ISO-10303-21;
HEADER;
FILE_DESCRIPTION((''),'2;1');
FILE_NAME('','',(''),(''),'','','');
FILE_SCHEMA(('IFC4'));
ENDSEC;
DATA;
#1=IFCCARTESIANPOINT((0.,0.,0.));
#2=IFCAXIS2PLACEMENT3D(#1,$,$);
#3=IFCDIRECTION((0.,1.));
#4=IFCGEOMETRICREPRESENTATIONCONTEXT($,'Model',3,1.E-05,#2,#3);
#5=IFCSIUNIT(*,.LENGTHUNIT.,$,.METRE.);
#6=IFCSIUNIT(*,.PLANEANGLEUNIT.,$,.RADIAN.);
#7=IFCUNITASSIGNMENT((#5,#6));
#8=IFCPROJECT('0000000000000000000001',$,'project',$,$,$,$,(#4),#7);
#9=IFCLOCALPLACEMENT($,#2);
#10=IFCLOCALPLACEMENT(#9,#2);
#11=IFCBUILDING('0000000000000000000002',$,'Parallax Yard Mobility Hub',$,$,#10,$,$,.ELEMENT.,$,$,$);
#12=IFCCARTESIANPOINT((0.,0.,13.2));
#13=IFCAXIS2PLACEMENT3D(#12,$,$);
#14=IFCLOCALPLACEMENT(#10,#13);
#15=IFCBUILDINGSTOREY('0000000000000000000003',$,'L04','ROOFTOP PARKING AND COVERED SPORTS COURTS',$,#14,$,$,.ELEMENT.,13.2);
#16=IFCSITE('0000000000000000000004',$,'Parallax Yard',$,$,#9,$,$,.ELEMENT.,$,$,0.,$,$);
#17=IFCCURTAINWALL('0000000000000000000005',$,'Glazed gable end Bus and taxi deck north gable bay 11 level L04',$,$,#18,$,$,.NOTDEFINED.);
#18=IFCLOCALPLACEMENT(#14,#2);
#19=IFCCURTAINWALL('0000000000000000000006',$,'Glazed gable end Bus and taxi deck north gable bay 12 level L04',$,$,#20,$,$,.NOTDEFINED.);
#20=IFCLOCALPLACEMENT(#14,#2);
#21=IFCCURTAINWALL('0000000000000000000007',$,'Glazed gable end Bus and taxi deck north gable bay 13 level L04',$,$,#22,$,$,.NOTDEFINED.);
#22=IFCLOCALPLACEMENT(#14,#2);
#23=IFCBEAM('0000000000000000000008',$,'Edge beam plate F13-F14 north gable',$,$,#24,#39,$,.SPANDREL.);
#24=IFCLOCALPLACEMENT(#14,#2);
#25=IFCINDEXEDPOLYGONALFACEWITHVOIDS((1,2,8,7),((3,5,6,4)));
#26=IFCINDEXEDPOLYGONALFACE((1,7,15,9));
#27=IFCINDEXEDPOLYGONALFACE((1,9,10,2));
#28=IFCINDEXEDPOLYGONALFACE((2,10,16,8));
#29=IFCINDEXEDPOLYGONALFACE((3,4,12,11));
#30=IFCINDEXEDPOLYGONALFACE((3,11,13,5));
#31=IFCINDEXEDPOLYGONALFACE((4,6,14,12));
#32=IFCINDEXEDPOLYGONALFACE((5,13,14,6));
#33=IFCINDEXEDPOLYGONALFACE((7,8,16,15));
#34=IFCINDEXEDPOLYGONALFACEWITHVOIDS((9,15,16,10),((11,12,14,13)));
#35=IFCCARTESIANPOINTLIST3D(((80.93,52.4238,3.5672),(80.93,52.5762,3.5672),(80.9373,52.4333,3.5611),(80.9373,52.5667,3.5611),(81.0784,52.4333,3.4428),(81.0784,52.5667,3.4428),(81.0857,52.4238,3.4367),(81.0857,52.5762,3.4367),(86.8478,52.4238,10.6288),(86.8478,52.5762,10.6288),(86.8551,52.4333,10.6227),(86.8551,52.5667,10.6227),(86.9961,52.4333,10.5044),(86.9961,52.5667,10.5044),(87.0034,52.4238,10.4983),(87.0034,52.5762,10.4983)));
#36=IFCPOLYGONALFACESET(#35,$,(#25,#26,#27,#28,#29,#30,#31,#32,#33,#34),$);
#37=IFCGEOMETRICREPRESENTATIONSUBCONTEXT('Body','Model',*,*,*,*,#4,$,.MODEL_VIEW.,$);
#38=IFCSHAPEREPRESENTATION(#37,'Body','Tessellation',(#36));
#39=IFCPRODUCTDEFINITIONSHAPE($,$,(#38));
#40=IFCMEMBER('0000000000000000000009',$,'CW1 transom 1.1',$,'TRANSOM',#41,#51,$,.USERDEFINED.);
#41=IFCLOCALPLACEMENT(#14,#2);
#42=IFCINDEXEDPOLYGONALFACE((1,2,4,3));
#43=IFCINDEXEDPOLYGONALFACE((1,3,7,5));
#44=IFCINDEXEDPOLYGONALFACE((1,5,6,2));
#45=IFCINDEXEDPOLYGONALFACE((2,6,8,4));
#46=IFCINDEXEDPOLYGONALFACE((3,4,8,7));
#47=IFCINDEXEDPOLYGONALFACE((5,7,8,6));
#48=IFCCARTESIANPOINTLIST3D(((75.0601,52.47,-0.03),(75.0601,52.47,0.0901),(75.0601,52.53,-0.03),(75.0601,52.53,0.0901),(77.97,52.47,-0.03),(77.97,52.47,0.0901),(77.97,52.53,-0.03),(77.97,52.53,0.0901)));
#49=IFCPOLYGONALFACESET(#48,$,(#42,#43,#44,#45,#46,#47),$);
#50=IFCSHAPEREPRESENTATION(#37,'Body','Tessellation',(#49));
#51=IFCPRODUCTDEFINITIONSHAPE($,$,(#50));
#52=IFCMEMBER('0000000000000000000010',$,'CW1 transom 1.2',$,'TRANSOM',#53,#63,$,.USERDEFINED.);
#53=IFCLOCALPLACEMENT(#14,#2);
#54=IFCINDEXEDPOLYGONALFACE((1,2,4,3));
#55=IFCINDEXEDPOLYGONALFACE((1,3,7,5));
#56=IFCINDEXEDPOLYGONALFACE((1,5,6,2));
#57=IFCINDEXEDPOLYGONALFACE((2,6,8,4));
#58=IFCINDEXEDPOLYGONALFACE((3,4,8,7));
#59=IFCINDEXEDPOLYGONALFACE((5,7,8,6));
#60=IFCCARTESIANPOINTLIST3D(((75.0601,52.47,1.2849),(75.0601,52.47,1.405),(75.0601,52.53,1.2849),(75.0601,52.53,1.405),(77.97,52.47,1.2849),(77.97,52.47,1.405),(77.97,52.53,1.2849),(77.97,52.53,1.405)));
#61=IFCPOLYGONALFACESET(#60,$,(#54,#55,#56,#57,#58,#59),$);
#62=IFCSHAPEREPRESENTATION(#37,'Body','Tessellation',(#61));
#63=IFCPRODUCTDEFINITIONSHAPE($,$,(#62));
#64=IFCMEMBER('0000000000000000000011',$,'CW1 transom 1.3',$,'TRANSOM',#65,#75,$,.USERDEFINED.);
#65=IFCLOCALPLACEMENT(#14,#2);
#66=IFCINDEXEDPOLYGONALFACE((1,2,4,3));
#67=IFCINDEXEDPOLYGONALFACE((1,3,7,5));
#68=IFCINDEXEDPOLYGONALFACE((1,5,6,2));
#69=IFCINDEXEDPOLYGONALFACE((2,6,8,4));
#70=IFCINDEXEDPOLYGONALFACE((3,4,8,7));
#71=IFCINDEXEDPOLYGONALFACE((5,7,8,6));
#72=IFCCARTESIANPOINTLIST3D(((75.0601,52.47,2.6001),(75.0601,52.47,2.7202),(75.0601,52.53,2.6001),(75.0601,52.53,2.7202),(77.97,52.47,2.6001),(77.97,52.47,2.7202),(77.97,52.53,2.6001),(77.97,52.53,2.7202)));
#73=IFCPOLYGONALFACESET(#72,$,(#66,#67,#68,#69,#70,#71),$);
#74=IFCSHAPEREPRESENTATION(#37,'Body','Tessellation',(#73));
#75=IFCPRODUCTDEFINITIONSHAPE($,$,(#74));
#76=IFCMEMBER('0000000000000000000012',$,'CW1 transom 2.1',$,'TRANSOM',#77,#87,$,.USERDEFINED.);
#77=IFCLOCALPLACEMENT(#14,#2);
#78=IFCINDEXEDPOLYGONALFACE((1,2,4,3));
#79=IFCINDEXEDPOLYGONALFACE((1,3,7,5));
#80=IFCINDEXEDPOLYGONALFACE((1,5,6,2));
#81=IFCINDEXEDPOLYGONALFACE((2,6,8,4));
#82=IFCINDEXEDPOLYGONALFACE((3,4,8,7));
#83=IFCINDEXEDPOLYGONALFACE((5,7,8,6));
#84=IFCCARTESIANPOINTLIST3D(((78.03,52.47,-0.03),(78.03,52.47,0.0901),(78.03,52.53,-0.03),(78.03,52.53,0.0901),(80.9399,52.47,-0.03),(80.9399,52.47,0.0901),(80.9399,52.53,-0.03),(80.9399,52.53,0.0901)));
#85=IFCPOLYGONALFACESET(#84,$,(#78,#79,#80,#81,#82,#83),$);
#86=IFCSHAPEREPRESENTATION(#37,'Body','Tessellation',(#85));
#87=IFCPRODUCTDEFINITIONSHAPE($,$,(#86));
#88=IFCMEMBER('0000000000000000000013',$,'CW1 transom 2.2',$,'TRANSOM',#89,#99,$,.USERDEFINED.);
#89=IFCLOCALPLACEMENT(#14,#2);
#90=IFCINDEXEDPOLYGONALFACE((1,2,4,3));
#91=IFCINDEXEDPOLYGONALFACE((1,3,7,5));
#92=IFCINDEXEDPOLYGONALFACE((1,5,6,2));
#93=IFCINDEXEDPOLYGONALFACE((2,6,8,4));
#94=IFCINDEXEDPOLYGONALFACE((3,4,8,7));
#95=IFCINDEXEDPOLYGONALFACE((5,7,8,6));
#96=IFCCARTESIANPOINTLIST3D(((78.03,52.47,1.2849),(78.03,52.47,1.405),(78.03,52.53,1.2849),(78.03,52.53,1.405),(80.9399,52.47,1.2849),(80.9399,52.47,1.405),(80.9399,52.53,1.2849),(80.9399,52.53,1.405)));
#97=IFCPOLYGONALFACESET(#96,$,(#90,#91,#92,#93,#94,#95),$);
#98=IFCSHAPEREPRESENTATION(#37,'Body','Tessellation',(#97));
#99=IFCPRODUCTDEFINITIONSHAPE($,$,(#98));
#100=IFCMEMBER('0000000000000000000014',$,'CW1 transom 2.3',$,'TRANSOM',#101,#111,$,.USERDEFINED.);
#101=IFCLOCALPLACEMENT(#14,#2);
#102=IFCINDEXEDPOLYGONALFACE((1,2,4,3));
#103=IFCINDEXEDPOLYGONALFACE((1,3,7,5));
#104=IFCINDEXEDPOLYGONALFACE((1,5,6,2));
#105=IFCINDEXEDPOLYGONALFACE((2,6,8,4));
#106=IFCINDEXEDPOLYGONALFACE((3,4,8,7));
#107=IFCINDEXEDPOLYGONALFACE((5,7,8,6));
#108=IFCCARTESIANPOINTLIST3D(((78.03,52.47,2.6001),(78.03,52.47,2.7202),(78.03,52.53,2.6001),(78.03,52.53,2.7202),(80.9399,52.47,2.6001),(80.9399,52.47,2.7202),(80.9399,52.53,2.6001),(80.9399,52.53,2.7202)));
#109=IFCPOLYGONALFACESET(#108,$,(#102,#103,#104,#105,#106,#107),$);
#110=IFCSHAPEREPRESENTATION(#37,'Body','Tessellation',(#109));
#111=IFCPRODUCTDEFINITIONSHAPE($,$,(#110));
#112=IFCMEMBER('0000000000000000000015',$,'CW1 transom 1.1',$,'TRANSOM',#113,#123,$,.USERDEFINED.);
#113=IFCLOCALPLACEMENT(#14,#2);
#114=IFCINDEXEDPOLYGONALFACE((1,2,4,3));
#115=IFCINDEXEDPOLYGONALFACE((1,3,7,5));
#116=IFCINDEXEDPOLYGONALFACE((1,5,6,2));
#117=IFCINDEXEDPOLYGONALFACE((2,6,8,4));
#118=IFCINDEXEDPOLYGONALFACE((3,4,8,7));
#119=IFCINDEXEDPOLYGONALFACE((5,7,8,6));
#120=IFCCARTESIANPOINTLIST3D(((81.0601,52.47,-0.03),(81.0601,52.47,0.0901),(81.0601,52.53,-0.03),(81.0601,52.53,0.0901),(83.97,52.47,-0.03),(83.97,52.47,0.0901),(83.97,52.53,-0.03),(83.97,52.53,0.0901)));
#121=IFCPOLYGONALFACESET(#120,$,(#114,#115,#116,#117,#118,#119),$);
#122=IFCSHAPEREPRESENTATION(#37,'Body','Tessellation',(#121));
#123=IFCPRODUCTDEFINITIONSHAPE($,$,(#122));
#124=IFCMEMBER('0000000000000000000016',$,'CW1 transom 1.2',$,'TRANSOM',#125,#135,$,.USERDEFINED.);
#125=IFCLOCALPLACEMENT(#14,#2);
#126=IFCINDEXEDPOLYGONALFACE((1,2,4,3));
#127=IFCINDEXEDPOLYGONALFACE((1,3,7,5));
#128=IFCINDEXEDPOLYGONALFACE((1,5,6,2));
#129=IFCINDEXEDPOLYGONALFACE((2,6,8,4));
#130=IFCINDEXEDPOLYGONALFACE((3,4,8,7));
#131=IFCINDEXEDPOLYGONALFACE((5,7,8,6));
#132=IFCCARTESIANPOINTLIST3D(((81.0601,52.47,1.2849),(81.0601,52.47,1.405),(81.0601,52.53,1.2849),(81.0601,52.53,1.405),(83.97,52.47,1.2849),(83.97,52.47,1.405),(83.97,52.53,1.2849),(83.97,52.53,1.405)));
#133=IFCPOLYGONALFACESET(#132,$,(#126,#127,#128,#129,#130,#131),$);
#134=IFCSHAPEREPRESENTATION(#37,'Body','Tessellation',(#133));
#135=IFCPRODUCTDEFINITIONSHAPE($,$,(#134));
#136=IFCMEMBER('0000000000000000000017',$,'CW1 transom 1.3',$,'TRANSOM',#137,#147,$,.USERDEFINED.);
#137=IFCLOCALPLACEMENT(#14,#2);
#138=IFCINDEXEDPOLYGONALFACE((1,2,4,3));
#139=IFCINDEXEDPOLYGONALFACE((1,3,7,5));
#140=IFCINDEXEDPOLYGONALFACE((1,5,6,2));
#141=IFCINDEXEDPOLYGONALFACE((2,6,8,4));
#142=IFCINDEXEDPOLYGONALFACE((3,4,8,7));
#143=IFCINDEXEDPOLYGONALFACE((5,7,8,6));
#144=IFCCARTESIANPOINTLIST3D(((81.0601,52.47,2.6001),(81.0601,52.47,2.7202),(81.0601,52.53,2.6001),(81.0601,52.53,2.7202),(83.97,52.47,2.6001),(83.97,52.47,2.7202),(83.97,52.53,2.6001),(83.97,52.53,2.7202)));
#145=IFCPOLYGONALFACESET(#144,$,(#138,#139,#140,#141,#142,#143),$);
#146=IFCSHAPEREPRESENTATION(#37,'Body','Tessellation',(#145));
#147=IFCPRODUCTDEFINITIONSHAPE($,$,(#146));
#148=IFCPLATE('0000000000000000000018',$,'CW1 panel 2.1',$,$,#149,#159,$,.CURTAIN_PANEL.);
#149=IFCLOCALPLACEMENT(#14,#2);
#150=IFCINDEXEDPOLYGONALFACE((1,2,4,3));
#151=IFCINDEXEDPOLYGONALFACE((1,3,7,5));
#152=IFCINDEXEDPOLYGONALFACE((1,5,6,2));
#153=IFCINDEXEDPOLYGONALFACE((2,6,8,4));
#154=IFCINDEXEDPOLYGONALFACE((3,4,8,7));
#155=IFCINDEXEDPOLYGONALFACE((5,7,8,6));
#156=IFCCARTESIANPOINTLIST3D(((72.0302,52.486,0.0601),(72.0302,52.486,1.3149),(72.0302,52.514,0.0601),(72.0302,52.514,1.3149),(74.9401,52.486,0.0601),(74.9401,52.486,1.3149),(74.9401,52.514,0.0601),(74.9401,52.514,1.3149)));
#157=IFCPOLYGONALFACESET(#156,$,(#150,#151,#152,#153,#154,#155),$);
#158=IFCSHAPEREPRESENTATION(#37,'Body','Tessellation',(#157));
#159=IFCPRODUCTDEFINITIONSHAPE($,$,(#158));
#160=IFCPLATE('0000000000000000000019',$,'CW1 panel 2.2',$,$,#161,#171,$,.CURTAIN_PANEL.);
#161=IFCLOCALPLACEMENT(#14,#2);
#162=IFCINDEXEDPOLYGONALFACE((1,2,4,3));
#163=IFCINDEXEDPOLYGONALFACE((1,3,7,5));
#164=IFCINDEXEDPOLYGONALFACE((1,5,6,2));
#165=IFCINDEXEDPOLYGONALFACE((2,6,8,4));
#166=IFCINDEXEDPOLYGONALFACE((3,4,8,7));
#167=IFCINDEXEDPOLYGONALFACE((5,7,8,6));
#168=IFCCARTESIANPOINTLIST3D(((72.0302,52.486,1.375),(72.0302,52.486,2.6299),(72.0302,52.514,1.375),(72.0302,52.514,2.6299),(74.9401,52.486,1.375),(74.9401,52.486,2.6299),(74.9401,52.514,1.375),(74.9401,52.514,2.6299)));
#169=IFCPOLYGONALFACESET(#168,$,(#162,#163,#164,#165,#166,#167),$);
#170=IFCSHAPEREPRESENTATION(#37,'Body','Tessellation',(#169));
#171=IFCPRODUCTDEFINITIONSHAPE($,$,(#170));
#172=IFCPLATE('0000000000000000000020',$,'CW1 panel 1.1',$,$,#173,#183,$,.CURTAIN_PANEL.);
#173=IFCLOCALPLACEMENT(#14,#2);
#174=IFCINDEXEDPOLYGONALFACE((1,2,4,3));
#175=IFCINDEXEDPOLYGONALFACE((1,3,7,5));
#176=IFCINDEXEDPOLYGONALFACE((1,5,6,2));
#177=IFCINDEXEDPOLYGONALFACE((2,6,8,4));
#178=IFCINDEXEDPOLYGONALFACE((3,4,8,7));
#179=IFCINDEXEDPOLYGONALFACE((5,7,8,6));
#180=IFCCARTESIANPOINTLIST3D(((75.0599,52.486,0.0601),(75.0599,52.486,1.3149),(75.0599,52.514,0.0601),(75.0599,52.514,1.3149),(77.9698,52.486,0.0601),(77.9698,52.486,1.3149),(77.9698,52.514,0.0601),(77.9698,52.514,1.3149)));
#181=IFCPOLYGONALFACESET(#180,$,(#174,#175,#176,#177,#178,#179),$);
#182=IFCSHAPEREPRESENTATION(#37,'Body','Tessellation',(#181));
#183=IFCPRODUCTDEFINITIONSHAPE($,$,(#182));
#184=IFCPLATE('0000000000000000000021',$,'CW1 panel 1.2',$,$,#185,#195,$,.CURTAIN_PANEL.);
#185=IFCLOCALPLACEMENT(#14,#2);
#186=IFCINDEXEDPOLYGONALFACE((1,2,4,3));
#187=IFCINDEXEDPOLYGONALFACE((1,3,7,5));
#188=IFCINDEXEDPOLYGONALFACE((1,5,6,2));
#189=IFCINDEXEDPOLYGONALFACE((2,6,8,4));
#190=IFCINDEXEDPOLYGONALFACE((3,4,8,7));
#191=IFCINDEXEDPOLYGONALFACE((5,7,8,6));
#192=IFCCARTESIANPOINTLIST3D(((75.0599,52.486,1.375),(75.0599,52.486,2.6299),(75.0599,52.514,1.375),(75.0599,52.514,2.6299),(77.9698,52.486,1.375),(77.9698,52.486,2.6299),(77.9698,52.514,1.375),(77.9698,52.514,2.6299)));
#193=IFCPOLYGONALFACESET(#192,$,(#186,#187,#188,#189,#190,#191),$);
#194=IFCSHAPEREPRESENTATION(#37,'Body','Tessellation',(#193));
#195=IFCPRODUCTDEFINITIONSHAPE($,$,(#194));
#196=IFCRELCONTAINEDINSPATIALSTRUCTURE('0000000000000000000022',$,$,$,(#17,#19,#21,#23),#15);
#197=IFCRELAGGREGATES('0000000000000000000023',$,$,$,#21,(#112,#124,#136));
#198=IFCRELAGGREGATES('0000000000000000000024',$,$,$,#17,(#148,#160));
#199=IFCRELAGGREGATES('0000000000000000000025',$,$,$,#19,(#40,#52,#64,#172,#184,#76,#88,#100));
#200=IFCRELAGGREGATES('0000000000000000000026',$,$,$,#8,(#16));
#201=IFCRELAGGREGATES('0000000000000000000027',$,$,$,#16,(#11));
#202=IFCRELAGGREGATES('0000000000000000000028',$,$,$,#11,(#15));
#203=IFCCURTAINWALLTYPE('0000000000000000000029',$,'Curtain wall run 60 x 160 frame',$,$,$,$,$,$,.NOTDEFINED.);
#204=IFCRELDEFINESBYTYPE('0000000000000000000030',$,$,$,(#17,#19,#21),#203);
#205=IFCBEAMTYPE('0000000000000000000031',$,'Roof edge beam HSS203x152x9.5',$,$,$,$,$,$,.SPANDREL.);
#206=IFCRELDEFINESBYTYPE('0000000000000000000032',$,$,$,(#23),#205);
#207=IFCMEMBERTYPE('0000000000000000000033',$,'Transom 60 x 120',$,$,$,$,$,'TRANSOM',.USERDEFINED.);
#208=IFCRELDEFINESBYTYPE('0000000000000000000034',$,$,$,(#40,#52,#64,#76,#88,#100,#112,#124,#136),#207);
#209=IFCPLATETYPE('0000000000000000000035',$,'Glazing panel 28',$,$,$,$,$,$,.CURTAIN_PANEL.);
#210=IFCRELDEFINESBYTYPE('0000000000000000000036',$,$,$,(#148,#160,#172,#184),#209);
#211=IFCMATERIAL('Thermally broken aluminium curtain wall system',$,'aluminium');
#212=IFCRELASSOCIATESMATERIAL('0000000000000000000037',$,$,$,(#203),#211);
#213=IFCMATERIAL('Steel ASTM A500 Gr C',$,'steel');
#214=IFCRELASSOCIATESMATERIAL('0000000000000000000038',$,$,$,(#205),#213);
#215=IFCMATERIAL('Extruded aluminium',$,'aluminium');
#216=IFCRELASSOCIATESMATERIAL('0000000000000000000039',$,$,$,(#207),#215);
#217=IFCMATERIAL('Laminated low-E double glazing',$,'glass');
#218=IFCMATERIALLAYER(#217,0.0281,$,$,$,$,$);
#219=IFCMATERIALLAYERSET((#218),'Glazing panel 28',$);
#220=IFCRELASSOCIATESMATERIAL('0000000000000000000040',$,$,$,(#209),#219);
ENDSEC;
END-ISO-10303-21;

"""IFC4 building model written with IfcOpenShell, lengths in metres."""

from ifc_helpers import new_model, si_unit, direction, frame, origin, origin_2d, place, context, subcontext, project, spatial, rectangle, hollow_rectangle, extrude, material, layer, layer_set, material_profile, profile_set, type_object, element, aggregate, save


model = new_model("IFC4")

# Units and contexts
model_context = context("Model", 3, precision=1e-05, world=origin(), true_north=direction((0.0, 1.0)))
body_context = subcontext(model_context, "Body", "Model", "MODEL_VIEW")
ifc_project = project(units=[si_unit("LENGTHUNIT", "METRE"), si_unit("PLANEANGLEUNIT", "RADIAN")], contexts=[model_context])

# Site, building, storey
site_placement = place(None, origin())
site = spatial("IfcSite", under=ifc_project, at=site_placement, Name="Parallax Yard", CompositionType="ELEMENT", RefElevation=0.0)
building_placement = place(site_placement, origin())
building = spatial("IfcBuilding", under=site, at=building_placement, Name="Parallax Yard Mobility Hub", CompositionType="ELEMENT")
storey_placement = place(building_placement, frame((0.0, 0.0, 13.2)))
storey = spatial("IfcBuildingStorey", under=building, at=storey_placement, Name="L04", Description="ROOFTOP PARKING AND COVERED SPORTS COURTS", CompositionType="ELEMENT", Elevation=13.2)

# Shared definitions
ifc_material_1 = material(Name="Steel ASTM A500 Gr C", Category="steel")

# Curtain wall
ifc_material_2 = material(Name="Thermally broken aluminium curtain wall system", Category="aluminium")
curtain_wall_type = type_object("IfcCurtainWallType", Name="Curtain wall run 60 x 160 frame", PredefinedType="NOTDEFINED", material=ifc_material_2)
curtain_wall_1_placement = place(storey_placement, origin())
curtain_wall_1 = element("IfcCurtainWall", 1, at=curtain_wall_1_placement, inside=storey, type_object=curtain_wall_type, Name="Glazed gable end Bus and taxi deck north gable bay 11 level L04", PredefinedType="NOTDEFINED")
ifc_material_3 = material(Name="Extruded aluminium", Category="aluminium")

# Curtain wall
curtain_wall_2_placement = place(storey_placement, origin())
curtain_wall_2 = element("IfcCurtainWall", 2, at=curtain_wall_2_placement, inside=storey, type_object=curtain_wall_type, Name="Glazed gable end Bus and taxi deck north gable bay 12 level L04", PredefinedType="NOTDEFINED")

# Curtain wall
curtain_wall_3_placement = place(storey_placement, origin())
curtain_wall_3 = element("IfcCurtainWall", 3, at=curtain_wall_3_placement, inside=storey, type_object=curtain_wall_type, Name="Glazed gable end Bus and taxi deck north gable bay 13 level L04", PredefinedType="NOTDEFINED")

# Beam
ifc_material_profile_1 = material_profile(ifc_material_1, hollow_rectangle(XDim=0.1523, YDim=0.2031, WallThickness=0.0095, at=origin_2d()), Name="HSS203x152x9.5")
ifc_profile_set_1 = profile_set([ifc_material_profile_1], Name="Steel ASTM A500 Gr C")
beam_type = type_object("IfcBeamType", Name="Roof edge beam HSS203x152x9.5", PredefinedType="SPANDREL", material=ifc_profile_set_1)
beam_1_placement = place(storey_placement, frame((81.0078, 52.5, 3.502), z_axis=(0.642304, 0.0, 0.76645), x_axis=(0.0, 1.0, 0.0)))
element("IfcBeam", 4, at=beam_1_placement, inside=storey, type_object=beam_type, Name="Edge beam plate F13-F14 north gable", PredefinedType="SPANDREL", context=body_context, shape_type="SweptSolid", body=[
    extrude(hollow_rectangle(XDim=0.1523, YDim=0.2031, WallThickness=0.0095, at=origin_2d()), origin(), (0.0, 0.0, 1.0), 9.2134),
])

# Members
ifc_material_profile_2 = material_profile(ifc_material_3, rectangle(XDim=0.0601, YDim=0.1201, at=origin_2d()), Name="Transom 60 x 120")
ifc_profile_set_2 = profile_set([ifc_material_profile_2], Name="Extruded aluminium")
member_type_1 = type_object("IfcMemberType", Name="Transom 60 x 120", ElementType="TRANSOM", PredefinedType="USERDEFINED", material=ifc_profile_set_2)
member_1_placement = place(storey_placement, frame((75.0601, 52.5, 0.03), z_axis=(1.0, 0.0, 0.0), x_axis=(0.0, 1.0, 0.0)))
member_1 = element("IfcMember", 5, at=member_1_placement, type_object=member_type_1, Name="CW1 transom 1.1", ObjectType="TRANSOM", PredefinedType="USERDEFINED", context=body_context, shape_type="SweptSolid", body=[
    extrude(rectangle(XDim=0.0601, YDim=0.1201, at=origin_2d()), origin(), (0.0, 0.0, 1.0), 2.9099),
])
member_2_placement = place(storey_placement, frame((75.0601, 52.5, 1.345), z_axis=(1.0, 0.0, 0.0), x_axis=(0.0, 1.0, 0.0)))
member_2 = element("IfcMember", 6, at=member_2_placement, type_object=member_type_1, Name="CW1 transom 1.2", ObjectType="TRANSOM", PredefinedType="USERDEFINED", context=body_context, shape_type="SweptSolid", body=[
    extrude(rectangle(XDim=0.0601, YDim=0.1201, at=origin_2d()), origin(), (0.0, 0.0, 1.0), 2.9099),
])
member_3_placement = place(storey_placement, frame((75.0601, 52.5, 2.6602), z_axis=(1.0, 0.0, 0.0), x_axis=(0.0, 1.0, 0.0)))
member_3 = element("IfcMember", 7, at=member_3_placement, type_object=member_type_1, Name="CW1 transom 1.3", ObjectType="TRANSOM", PredefinedType="USERDEFINED", context=body_context, shape_type="SweptSolid", body=[
    extrude(rectangle(XDim=0.0601, YDim=0.1201, at=origin_2d()), origin(), (0.0, 0.0, 1.0), 2.9099),
])
member_4_placement = place(storey_placement, frame((78.03, 52.5, 0.03), z_axis=(1.0, 0.0, 0.0), x_axis=(0.0, 1.0, 0.0)))
member_4 = element("IfcMember", 8, at=member_4_placement, type_object=member_type_1, Name="CW1 transom 2.1", ObjectType="TRANSOM", PredefinedType="USERDEFINED", context=body_context, shape_type="SweptSolid", body=[
    extrude(rectangle(XDim=0.0601, YDim=0.1201, at=origin_2d()), origin(), (0.0, 0.0, 1.0), 2.9099),
])
member_5_placement = place(storey_placement, frame((78.03, 52.5, 1.345), z_axis=(1.0, 0.0, 0.0), x_axis=(0.0, 1.0, 0.0)))
member_5 = element("IfcMember", 9, at=member_5_placement, type_object=member_type_1, Name="CW1 transom 2.2", ObjectType="TRANSOM", PredefinedType="USERDEFINED", context=body_context, shape_type="SweptSolid", body=[
    extrude(rectangle(XDim=0.0601, YDim=0.1201, at=origin_2d()), origin(), (0.0, 0.0, 1.0), 2.9099),
])
member_6_placement = place(storey_placement, frame((78.03, 52.5, 2.6602), z_axis=(1.0, 0.0, 0.0), x_axis=(0.0, 1.0, 0.0)))
member_6 = element("IfcMember", 10, at=member_6_placement, type_object=member_type_1, Name="CW1 transom 2.3", ObjectType="TRANSOM", PredefinedType="USERDEFINED", context=body_context, shape_type="SweptSolid", body=[
    extrude(rectangle(XDim=0.0601, YDim=0.1201, at=origin_2d()), origin(), (0.0, 0.0, 1.0), 2.9099),
])
member_7_placement = place(storey_placement, frame((81.0601, 52.5, 0.03), z_axis=(1.0, 0.0, 0.0), x_axis=(0.0, 1.0, 0.0)))
member_7 = element("IfcMember", 11, at=member_7_placement, type_object=member_type_1, Name="CW1 transom 1.1", ObjectType="TRANSOM", PredefinedType="USERDEFINED", context=body_context, shape_type="SweptSolid", body=[
    extrude(rectangle(XDim=0.0601, YDim=0.1201, at=origin_2d()), origin(), (0.0, 0.0, 1.0), 2.9099),
])
member_8_placement = place(storey_placement, frame((81.0601, 52.5, 1.345), z_axis=(1.0, 0.0, 0.0), x_axis=(0.0, 1.0, 0.0)))
member_8 = element("IfcMember", 12, at=member_8_placement, type_object=member_type_1, Name="CW1 transom 1.2", ObjectType="TRANSOM", PredefinedType="USERDEFINED", context=body_context, shape_type="SweptSolid", body=[
    extrude(rectangle(XDim=0.0601, YDim=0.1201, at=origin_2d()), origin(), (0.0, 0.0, 1.0), 2.9099),
])
member_9_placement = place(storey_placement, frame((81.0601, 52.5, 2.6602), z_axis=(1.0, 0.0, 0.0), x_axis=(0.0, 1.0, 0.0)))
member_9 = element("IfcMember", 13, at=member_9_placement, type_object=member_type_1, Name="CW1 transom 1.3", ObjectType="TRANSOM", PredefinedType="USERDEFINED", context=body_context, shape_type="SweptSolid", body=[
    extrude(rectangle(XDim=0.0601, YDim=0.1201, at=origin_2d()), origin(), (0.0, 0.0, 1.0), 2.9099),
])
aggregate(curtain_wall_3, [member_7, member_8, member_9])

# Plates
ifc_material_4 = material(Name="Laminated low-E double glazing", Category="glass")
ifc_layer_1 = layer(ifc_material_4, 0.0281)
ifc_layer_set_1 = layer_set([ifc_layer_1], Name="Glazing panel 28")
plate_type = type_object("IfcPlateType", Name="Glazing panel 28", PredefinedType="CURTAIN_PANEL", material=ifc_layer_set_1)
plate_1_placement = place(storey_placement, frame((73.4851, 52.5, 0.0601), z_axis=(0.0, 0.0, 1.0), x_axis=(1.0, 0.0, 0.0)))
plate_1 = element("IfcPlate", 14, at=plate_1_placement, type_object=plate_type, Name="CW1 panel 2.1", PredefinedType="CURTAIN_PANEL", context=body_context, shape_type="SweptSolid", body=[
    extrude(rectangle(XDim=2.9099, YDim=0.0281, at=origin_2d()), origin(), (0.0, 0.0, 1.0), 1.2549),
])
plate_2_placement = place(storey_placement, frame((73.4851, 52.5, 1.375), z_axis=(0.0, 0.0, 1.0), x_axis=(1.0, 0.0, 0.0)))
plate_2 = element("IfcPlate", 15, at=plate_2_placement, type_object=plate_type, Name="CW1 panel 2.2", PredefinedType="CURTAIN_PANEL", context=body_context, shape_type="SweptSolid", body=[
    extrude(rectangle(XDim=2.9099, YDim=0.0281, at=origin_2d()), origin(), (0.0, 0.0, 1.0), 1.2549),
])
aggregate(curtain_wall_1, [plate_1, plate_2])
plate_3_placement = place(storey_placement, frame((76.5149, 52.5, 0.0601), z_axis=(0.0, 0.0, 1.0), x_axis=(1.0, 0.0, 0.0)))
plate_3 = element("IfcPlate", 16, at=plate_3_placement, type_object=plate_type, Name="CW1 panel 1.1", PredefinedType="CURTAIN_PANEL", context=body_context, shape_type="SweptSolid", body=[
    extrude(rectangle(XDim=2.9099, YDim=0.0281, at=origin_2d()), origin(), (0.0, 0.0, 1.0), 1.2549),
])
plate_4_placement = place(storey_placement, frame((76.5149, 52.5, 1.375), z_axis=(0.0, 0.0, 1.0), x_axis=(1.0, 0.0, 0.0)))
plate_4 = element("IfcPlate", 17, at=plate_4_placement, type_object=plate_type, Name="CW1 panel 1.2", PredefinedType="CURTAIN_PANEL", context=body_context, shape_type="SweptSolid", body=[
    extrude(rectangle(XDim=2.9099, YDim=0.0281, at=origin_2d()), origin(), (0.0, 0.0, 1.0), 1.2549),
])
aggregate(curtain_wall_2, [member_1, member_2, member_3, plate_3, plate_4, member_4, member_5, member_6])

save(model, "model.ifc")
